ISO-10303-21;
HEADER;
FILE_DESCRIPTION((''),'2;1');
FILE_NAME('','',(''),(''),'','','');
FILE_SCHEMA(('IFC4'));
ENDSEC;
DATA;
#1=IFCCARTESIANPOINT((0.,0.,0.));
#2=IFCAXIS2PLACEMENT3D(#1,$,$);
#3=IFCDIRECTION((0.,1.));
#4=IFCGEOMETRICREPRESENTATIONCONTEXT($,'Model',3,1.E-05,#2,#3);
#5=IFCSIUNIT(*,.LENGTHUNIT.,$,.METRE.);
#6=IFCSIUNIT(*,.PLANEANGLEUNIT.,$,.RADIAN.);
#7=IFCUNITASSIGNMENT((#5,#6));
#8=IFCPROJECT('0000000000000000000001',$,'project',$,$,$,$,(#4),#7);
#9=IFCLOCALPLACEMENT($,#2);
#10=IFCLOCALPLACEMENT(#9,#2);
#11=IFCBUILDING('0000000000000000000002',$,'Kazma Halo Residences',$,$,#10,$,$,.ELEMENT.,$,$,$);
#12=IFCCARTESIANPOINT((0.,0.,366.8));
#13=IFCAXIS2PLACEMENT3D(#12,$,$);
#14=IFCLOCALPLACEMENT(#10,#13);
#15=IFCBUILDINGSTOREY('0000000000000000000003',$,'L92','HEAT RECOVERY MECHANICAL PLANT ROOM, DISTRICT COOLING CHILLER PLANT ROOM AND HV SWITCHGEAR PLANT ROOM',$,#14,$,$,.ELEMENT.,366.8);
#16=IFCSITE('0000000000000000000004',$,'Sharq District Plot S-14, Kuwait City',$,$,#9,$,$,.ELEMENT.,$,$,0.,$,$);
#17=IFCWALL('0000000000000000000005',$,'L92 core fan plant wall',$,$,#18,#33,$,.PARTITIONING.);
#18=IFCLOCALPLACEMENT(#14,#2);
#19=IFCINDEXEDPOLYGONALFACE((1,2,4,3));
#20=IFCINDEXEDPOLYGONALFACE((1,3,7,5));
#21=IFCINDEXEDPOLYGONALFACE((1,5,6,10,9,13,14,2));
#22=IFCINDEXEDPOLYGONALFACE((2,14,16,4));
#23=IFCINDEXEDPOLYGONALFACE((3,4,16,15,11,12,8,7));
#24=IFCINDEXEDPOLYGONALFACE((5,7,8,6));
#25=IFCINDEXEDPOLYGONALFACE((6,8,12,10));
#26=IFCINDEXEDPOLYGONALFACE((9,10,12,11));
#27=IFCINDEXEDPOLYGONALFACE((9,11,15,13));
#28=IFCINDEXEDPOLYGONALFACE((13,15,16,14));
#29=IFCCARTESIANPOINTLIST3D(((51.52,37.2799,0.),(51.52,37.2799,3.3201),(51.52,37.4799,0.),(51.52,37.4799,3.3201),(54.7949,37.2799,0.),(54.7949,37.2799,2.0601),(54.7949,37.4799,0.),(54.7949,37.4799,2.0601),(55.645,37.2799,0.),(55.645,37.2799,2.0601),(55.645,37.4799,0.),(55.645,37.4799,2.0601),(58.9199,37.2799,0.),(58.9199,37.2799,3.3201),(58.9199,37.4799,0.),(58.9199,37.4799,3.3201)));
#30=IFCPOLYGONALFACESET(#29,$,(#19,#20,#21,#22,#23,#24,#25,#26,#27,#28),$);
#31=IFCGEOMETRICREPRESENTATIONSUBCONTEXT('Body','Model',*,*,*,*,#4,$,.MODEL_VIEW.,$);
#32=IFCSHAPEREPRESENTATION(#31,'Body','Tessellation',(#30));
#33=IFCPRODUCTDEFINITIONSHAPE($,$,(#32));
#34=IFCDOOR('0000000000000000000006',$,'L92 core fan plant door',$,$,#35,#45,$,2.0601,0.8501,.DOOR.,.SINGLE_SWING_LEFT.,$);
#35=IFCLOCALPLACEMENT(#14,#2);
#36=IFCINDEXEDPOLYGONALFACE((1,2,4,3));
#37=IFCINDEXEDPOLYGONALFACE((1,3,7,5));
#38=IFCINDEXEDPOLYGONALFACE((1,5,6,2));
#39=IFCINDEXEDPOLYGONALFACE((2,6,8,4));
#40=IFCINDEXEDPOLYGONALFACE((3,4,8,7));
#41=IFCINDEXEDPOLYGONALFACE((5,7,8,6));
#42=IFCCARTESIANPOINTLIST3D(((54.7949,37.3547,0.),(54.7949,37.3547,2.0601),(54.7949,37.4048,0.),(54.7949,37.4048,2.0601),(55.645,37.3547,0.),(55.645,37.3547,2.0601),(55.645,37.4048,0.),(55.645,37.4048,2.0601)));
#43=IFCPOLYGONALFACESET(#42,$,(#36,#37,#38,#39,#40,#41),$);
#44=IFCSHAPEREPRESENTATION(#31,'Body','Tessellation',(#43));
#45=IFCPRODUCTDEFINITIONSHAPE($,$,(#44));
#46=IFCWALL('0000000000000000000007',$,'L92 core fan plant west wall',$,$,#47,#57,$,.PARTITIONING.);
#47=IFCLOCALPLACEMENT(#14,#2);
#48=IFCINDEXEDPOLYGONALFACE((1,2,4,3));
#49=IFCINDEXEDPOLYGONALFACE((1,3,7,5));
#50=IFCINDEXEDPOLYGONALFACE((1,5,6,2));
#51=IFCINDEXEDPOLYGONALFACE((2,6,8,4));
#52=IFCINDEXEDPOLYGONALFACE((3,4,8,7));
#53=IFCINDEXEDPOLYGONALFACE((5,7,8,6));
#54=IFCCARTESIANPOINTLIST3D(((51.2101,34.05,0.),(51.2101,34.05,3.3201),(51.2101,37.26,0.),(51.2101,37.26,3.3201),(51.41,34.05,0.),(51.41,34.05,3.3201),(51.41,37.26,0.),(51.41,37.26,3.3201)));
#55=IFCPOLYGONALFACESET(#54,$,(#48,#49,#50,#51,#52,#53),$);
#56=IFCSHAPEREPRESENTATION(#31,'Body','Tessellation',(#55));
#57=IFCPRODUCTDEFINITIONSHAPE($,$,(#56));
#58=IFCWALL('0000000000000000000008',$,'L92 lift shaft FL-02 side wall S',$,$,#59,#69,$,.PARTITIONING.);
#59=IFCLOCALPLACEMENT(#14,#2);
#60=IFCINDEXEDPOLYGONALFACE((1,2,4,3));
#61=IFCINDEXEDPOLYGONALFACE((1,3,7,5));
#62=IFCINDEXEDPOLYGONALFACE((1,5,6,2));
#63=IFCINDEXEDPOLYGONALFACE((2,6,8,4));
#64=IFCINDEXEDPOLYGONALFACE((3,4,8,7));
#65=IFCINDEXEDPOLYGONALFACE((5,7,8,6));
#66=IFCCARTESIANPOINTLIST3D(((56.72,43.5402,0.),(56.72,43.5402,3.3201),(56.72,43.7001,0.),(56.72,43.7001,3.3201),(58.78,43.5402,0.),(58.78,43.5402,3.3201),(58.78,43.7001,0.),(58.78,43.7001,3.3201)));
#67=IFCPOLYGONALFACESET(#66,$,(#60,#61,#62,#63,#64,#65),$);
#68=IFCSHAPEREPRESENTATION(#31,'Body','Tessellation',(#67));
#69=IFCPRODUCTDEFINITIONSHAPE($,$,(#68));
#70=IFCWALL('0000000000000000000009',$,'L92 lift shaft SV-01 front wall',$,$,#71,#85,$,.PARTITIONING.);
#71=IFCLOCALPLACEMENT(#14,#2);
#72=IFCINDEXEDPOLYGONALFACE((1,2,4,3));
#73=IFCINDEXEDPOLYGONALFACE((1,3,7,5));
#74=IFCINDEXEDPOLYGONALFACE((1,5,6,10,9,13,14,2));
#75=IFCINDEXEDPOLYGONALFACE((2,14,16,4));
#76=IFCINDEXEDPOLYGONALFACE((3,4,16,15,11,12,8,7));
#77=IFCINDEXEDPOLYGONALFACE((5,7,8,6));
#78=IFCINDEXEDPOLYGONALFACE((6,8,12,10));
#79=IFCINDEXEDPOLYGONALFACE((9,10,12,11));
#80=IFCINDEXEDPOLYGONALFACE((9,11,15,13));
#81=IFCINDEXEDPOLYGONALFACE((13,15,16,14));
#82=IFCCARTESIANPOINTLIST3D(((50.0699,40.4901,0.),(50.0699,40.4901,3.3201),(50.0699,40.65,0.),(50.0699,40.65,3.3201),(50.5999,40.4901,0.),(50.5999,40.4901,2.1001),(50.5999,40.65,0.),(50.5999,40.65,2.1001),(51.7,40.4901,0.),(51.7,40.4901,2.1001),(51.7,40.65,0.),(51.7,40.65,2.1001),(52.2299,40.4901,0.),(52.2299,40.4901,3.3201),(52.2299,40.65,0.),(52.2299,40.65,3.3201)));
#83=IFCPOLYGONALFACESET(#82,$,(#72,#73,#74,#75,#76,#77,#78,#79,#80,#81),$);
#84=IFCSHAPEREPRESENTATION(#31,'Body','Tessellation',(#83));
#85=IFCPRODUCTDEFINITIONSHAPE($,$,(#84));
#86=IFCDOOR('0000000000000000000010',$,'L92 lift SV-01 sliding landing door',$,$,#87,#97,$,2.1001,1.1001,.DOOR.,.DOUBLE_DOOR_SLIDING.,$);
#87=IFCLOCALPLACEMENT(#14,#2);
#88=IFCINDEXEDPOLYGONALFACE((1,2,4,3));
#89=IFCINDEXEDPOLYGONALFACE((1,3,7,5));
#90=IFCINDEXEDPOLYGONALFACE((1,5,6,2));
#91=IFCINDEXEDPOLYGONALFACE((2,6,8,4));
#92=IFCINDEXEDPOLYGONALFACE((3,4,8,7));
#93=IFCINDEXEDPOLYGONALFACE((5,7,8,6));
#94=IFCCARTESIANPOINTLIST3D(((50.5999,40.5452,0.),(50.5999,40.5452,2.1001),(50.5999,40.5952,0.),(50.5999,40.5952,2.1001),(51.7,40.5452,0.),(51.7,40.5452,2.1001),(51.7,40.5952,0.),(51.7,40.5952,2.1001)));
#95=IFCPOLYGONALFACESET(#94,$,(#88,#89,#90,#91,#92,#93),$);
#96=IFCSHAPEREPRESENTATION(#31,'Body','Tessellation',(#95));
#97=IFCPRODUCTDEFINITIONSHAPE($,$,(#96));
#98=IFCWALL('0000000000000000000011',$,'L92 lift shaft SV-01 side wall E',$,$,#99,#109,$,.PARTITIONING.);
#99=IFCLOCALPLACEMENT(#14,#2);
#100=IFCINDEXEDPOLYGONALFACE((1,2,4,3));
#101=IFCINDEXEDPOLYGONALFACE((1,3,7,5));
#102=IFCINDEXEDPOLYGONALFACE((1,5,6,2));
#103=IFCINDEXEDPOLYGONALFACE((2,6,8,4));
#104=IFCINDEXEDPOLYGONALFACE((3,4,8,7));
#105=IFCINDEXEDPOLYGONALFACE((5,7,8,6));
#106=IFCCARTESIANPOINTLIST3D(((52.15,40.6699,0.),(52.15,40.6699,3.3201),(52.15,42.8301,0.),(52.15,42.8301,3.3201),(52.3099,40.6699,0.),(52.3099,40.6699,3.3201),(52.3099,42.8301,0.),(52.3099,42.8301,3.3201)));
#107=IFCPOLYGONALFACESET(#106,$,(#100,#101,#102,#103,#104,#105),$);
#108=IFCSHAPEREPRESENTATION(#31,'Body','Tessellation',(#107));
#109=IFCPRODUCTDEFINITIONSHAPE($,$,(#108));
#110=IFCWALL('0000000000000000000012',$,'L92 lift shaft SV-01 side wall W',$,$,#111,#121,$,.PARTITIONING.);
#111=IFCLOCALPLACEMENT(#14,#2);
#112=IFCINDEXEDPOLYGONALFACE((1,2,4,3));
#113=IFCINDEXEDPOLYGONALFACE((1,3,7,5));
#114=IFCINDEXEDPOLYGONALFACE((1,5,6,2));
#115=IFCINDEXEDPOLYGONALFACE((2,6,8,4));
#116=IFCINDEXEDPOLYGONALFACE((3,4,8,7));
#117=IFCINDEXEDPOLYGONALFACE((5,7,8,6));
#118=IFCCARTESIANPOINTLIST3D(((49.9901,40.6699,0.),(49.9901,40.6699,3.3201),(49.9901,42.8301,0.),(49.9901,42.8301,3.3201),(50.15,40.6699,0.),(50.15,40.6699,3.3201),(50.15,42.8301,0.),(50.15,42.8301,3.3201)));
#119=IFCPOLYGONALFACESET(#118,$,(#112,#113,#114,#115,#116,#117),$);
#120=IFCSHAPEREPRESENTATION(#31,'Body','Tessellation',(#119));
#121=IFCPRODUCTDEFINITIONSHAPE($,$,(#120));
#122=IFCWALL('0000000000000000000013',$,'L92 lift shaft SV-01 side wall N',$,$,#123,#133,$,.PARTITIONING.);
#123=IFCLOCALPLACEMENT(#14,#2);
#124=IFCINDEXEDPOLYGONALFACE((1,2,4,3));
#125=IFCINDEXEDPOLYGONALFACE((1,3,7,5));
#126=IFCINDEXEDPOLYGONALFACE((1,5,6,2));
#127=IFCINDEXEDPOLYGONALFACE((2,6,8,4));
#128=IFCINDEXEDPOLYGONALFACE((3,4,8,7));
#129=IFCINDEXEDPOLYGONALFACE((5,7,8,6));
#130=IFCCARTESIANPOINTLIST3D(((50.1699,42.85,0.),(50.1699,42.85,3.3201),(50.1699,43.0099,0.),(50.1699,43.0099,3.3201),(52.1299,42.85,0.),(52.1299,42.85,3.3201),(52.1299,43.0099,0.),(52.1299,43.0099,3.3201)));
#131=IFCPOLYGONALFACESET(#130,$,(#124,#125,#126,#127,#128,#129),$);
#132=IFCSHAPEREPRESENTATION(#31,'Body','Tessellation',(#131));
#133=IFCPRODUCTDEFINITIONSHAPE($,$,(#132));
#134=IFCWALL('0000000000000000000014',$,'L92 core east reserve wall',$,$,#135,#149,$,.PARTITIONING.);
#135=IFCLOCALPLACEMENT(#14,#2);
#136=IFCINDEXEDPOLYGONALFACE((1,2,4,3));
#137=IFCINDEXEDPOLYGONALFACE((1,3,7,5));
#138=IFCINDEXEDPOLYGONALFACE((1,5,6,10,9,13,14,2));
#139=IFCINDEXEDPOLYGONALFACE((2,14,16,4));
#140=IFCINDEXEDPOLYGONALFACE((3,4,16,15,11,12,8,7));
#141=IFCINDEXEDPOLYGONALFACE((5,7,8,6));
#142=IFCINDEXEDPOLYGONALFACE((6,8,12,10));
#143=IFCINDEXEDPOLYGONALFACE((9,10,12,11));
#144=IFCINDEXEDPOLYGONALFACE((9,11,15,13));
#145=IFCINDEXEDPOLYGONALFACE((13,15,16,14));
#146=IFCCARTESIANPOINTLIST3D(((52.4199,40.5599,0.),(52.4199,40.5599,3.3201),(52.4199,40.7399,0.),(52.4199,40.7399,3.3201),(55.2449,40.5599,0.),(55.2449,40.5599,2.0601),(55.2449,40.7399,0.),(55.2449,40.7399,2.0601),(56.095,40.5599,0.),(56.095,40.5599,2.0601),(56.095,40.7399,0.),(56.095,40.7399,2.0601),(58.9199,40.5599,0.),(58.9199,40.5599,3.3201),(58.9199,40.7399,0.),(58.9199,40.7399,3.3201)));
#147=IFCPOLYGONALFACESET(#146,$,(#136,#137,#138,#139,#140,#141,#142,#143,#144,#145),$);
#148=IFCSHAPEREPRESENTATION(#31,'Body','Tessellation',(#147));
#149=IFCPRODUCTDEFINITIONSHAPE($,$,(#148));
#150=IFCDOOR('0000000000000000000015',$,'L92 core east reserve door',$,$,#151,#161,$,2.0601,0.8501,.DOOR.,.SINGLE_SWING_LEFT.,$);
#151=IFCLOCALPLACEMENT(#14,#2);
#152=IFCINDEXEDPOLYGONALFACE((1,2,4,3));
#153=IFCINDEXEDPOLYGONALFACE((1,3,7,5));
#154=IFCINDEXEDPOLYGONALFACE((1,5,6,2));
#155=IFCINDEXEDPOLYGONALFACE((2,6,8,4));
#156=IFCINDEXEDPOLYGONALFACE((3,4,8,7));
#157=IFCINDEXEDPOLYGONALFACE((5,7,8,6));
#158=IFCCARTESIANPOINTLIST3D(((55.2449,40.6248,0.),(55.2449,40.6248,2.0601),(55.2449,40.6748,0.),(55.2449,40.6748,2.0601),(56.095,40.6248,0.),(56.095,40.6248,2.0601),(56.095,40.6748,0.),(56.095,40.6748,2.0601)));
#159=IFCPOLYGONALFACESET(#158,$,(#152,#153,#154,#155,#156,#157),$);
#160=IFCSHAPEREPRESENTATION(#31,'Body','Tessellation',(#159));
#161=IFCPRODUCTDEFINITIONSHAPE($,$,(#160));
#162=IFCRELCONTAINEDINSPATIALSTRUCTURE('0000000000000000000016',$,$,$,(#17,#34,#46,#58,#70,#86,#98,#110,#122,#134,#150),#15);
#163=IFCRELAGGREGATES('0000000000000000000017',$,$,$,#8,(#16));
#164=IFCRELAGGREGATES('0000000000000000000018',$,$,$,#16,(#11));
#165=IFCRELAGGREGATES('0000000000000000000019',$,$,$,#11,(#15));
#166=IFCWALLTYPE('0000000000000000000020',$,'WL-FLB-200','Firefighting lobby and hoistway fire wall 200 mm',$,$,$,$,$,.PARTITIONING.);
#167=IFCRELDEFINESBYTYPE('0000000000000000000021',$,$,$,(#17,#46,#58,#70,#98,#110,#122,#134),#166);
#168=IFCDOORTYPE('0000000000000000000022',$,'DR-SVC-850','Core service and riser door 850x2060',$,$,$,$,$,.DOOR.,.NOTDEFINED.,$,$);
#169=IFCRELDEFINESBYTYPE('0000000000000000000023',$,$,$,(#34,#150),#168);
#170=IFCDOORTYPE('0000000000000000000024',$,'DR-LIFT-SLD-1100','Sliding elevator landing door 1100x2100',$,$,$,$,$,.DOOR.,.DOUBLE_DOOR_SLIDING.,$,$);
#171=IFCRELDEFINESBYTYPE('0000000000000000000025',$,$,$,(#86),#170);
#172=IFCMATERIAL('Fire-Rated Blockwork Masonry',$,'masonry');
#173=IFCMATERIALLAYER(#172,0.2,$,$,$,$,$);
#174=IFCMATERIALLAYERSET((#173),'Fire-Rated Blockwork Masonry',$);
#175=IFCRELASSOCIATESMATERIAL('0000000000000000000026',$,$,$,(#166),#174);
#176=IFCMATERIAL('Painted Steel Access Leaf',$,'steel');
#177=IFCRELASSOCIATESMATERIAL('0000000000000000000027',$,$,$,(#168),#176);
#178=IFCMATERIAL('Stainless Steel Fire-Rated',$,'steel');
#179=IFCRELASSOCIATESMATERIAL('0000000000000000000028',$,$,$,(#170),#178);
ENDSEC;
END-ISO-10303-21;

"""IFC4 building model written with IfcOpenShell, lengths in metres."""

from ifc_helpers import new_model, si_unit, direction, frame, frame_2d, origin, place, context, subcontext, project, spatial, rectangle, extrude, material, layer, layer_set, type_object, element, fill, save


model = new_model("IFC4")

# Units and contexts
model_context = context("Model", 3, precision=1e-05, world=origin(), true_north=direction((0.0, 1.0)))
body_context = subcontext(model_context, "Body", "Model", "MODEL_VIEW")
ifc_project = project(units=[si_unit("LENGTHUNIT", "METRE"), si_unit("PLANEANGLEUNIT", "RADIAN")], contexts=[model_context])

# Site, building, storey
site_placement = place(None, origin())
site = spatial("IfcSite", under=ifc_project, at=site_placement, Name="Sharq District Plot S-14, Kuwait City", CompositionType="ELEMENT", RefElevation=0.0)
building_placement = place(site_placement, origin())
building = spatial("IfcBuilding", under=site, at=building_placement, Name="Kazma Halo Residences", CompositionType="ELEMENT")
storey_placement = place(building_placement, frame((0.0, 0.0, 366.8)))
storey = spatial("IfcBuildingStorey", under=building, at=storey_placement, Name="L92", Description="HEAT RECOVERY MECHANICAL PLANT ROOM, DISTRICT COOLING CHILLER PLANT ROOM AND HV SWITCHGEAR PLANT ROOM", CompositionType="ELEMENT", Elevation=366.8)

# Wall, opening, door
ifc_material_1 = material(Name="Fire-Rated Blockwork Masonry", Category="masonry")
ifc_layer_1 = layer(ifc_material_1, 0.2)
ifc_layer_set_1 = layer_set([ifc_layer_1], Name="Fire-Rated Blockwork Masonry")
wall_type_1 = type_object("IfcWallType", Name="WL-FLB-200", Description="Firefighting lobby and hoistway fire wall 200 mm", PredefinedType="PARTITIONING", material=ifc_layer_set_1)
wall_1_placement = place(storey_placement, frame((51.52, 37.3799, 0.0), z_axis=(0.0, 0.0, 1.0), x_axis=(1.0, 0.0, 0.0)))
wall_1 = element("IfcWall", 1, at=wall_1_placement, inside=storey, type_object=wall_type_1, Name="L92 core fan plant wall", PredefinedType="PARTITIONING", context=body_context, shape_type="SweptSolid", body=[
    extrude(rectangle(XDim=7.3999, YDim=0.2, at=frame_2d((3.7, 0.0))), origin(), (0.0, 0.0, 1.0), 3.3201),
])
opening_1_placement = place(wall_1_placement, frame((3.2749, 0.0, 0.0)))
opening_1 = element("IfcOpeningElement", 2, at=opening_1_placement, cuts=wall_1, PredefinedType="OPENING", context=body_context, shape_type="SweptSolid", body=[
    extrude(rectangle(XDim=0.8501, YDim=2.0601, at=frame_2d((0.425, 1.03))), frame((0.0, 0.1099, 0.0), z_axis=(0.0, -1.0, 0.0), x_axis=(1.0, 0.0, 0.0)), (0.0, 0.0, 1.0), 0.22),
])
ifc_material_2 = material(Name="Painted Steel Access Leaf", Category="steel")
door_type_1 = type_object("IfcDoorType", Name="DR-SVC-850", Description="Core service and riser door 850x2060", OperationType="NOTDEFINED", PredefinedType="DOOR", material=ifc_material_2)
door_1_placement = place(opening_1_placement, origin())
door_1 = element("IfcDoor", 3, at=door_1_placement, inside=storey, type_object=door_type_1, Name="L92 core fan plant door", OperationType="SINGLE_SWING_LEFT", OverallHeight=2.0601, OverallWidth=0.8501, PredefinedType="DOOR", context=body_context, shape_type="SweptSolid", body=[
    extrude(rectangle(XDim=0.8501, YDim=2.0601, at=frame_2d((0.425, 1.03))), frame((0.0, 0.0249, 0.0), z_axis=(0.0, -1.0, 0.0), x_axis=(1.0, 0.0, 0.0)), (0.0, 0.0, 1.0), 0.05),
])
fill(opening_1, door_1)

# Walls
wall_2_placement = place(storey_placement, frame((51.3101, 34.05, 0.0), z_axis=(0.0, 0.0, 1.0), x_axis=(0.0, 1.0, 0.0)))
element("IfcWall", 4, at=wall_2_placement, inside=storey, type_object=wall_type_1, Name="L92 core fan plant west wall", PredefinedType="PARTITIONING", context=body_context, shape_type="SweptSolid", body=[
    extrude(rectangle(XDim=3.21, YDim=0.2, at=frame_2d((1.605, 0.0))), origin(), (0.0, 0.0, 1.0), 3.3201),
])
wall_3_placement = place(storey_placement, frame((56.72, 43.6201, 0.0), z_axis=(0.0, 0.0, 1.0), x_axis=(1.0, 0.0, 0.0)))
element("IfcWall", 5, at=wall_3_placement, inside=storey, type_object=wall_type_1, Name="L92 lift shaft FL-02 side wall S", PredefinedType="PARTITIONING", context=body_context, shape_type="SweptSolid", body=[
    extrude(rectangle(XDim=2.0601, YDim=0.1599, at=frame_2d((1.03, 0.0))), origin(), (0.0, 0.0, 1.0), 3.3201),
])

# Wall, opening, door
wall_4_placement = place(storey_placement, frame((52.23, 40.5701, 0.0), z_axis=(0.0, 0.0, 1.0), x_axis=(-1.0, 0.0, 0.0)))
wall_4 = element("IfcWall", 6, at=wall_4_placement, inside=storey, type_object=wall_type_1, Name="L92 lift shaft SV-01 front wall", PredefinedType="PARTITIONING", context=body_context, shape_type="SweptSolid", body=[
    extrude(rectangle(XDim=2.1599, YDim=0.1599, at=frame_2d((1.0801, 0.0))), origin(), (0.0, 0.0, 1.0), 3.3201),
])
opening_2_placement = place(wall_4_placement, frame((0.53, 0.0, 0.0)))
opening_2 = element("IfcOpeningElement", 7, at=opening_2_placement, cuts=wall_4, PredefinedType="OPENING", context=body_context, shape_type="SweptSolid", body=[
    extrude(rectangle(XDim=1.1001, YDim=2.1001, at=frame_2d((0.55, 1.05))), frame((0.0, 0.0898, 0.0), z_axis=(0.0, -1.0, 0.0), x_axis=(1.0, 0.0, 0.0)), (0.0, 0.0, 1.0), 0.1799),
])
ifc_material_3 = material(Name="Stainless Steel Fire-Rated", Category="steel")
door_type_2 = type_object("IfcDoorType", Name="DR-LIFT-SLD-1100", Description="Sliding elevator landing door 1100x2100", OperationType="DOUBLE_DOOR_SLIDING", PredefinedType="DOOR", material=ifc_material_3)
door_2_placement = place(opening_2_placement, origin())
door_2 = element("IfcDoor", 8, at=door_2_placement, inside=storey, type_object=door_type_2, Name="L92 lift SV-01 sliding landing door", OperationType="DOUBLE_DOOR_SLIDING", OverallHeight=2.1001, OverallWidth=1.1001, PredefinedType="DOOR", context=body_context, shape_type="SweptSolid", body=[
    extrude(rectangle(XDim=1.1001, YDim=2.1001, at=frame_2d((0.55, 1.05))), frame((0.0, 0.0249, 0.0), z_axis=(0.0, -1.0, 0.0), x_axis=(1.0, 0.0, 0.0)), (0.0, 0.0, 1.0), 0.05),
])
fill(opening_2, door_2)

# Walls
for number, where, z_axis, x_axis, name in (
    (9, (52.23, 40.6699, 0.0), (0.0, 0.0, 1.0), (0.0, 1.0, 0.0), "L92 lift shaft SV-01 side wall E"),
    (10, (50.0701, 40.6699, 0.0), (0.0, 0.0, 1.0), (0.0, 1.0, 0.0), "L92 lift shaft SV-01 side wall W"),
):
    element("IfcWall", number, at=place(storey_placement, frame(where, z_axis=z_axis, x_axis=x_axis)), inside=storey, type_object=wall_type_1, Name=name, PredefinedType="PARTITIONING", context=body_context, shape_type="SweptSolid", body=[
        extrude(rectangle(XDim=2.1602, YDim=0.1599, at=frame_2d((1.0801, 0.0))), origin(), (0.0, 0.0, 1.0), 3.3201),
    ])
wall_5_placement = place(storey_placement, frame((50.1699, 42.9299, 0.0), z_axis=(0.0, 0.0, 1.0), x_axis=(1.0, 0.0, 0.0)))
element("IfcWall", 11, at=wall_5_placement, inside=storey, type_object=wall_type_1, Name="L92 lift shaft SV-01 side wall N", PredefinedType="PARTITIONING", context=body_context, shape_type="SweptSolid", body=[
    extrude(rectangle(XDim=1.96, YDim=0.1599, at=frame_2d((0.98, 0.0))), origin(), (0.0, 0.0, 1.0), 3.3201),
])

# Wall, opening, door
wall_6_placement = place(storey_placement, frame((52.4199, 40.6499, 0.0), z_axis=(0.0, 0.0, 1.0), x_axis=(1.0, 0.0, 0.0)))
wall_6 = element("IfcWall", 12, at=wall_6_placement, inside=storey, type_object=wall_type_1, Name="L92 core east reserve wall", PredefinedType="PARTITIONING", context=body_context, shape_type="SweptSolid", body=[
    extrude(rectangle(XDim=6.5, YDim=0.1799, at=frame_2d((3.25, 0.0))), origin(), (0.0, 0.0, 1.0), 3.3201),
])
opening_3_placement = place(wall_6_placement, frame((2.825, 0.0, 0.0)))
opening_3 = element("IfcOpeningElement", 13, at=opening_3_placement, cuts=wall_6, PredefinedType="OPENING", context=body_context, shape_type="SweptSolid", body=[
    extrude(rectangle(XDim=0.8501, YDim=2.0601, at=frame_2d((0.425, 1.03))), frame((0.0, 0.0999, 0.0), z_axis=(0.0, -1.0, 0.0), x_axis=(1.0, 0.0, 0.0)), (0.0, 0.0, 1.0), 0.2),
])
door_3_placement = place(opening_3_placement, origin())
door_3 = element("IfcDoor", 14, at=door_3_placement, inside=storey, type_object=door_type_1, Name="L92 core east reserve door", OperationType="SINGLE_SWING_LEFT", OverallHeight=2.0601, OverallWidth=0.8501, PredefinedType="DOOR", context=body_context, shape_type="SweptSolid", body=[
    extrude(rectangle(XDim=0.8501, YDim=2.0601, at=frame_2d((0.425, 1.03))), frame((0.0, 0.0249, 0.0), z_axis=(0.0, -1.0, 0.0), x_axis=(1.0, 0.0, 0.0)), (0.0, 0.0, 1.0), 0.05),
])
fill(opening_3, door_3)

save(model, "model.ifc")
